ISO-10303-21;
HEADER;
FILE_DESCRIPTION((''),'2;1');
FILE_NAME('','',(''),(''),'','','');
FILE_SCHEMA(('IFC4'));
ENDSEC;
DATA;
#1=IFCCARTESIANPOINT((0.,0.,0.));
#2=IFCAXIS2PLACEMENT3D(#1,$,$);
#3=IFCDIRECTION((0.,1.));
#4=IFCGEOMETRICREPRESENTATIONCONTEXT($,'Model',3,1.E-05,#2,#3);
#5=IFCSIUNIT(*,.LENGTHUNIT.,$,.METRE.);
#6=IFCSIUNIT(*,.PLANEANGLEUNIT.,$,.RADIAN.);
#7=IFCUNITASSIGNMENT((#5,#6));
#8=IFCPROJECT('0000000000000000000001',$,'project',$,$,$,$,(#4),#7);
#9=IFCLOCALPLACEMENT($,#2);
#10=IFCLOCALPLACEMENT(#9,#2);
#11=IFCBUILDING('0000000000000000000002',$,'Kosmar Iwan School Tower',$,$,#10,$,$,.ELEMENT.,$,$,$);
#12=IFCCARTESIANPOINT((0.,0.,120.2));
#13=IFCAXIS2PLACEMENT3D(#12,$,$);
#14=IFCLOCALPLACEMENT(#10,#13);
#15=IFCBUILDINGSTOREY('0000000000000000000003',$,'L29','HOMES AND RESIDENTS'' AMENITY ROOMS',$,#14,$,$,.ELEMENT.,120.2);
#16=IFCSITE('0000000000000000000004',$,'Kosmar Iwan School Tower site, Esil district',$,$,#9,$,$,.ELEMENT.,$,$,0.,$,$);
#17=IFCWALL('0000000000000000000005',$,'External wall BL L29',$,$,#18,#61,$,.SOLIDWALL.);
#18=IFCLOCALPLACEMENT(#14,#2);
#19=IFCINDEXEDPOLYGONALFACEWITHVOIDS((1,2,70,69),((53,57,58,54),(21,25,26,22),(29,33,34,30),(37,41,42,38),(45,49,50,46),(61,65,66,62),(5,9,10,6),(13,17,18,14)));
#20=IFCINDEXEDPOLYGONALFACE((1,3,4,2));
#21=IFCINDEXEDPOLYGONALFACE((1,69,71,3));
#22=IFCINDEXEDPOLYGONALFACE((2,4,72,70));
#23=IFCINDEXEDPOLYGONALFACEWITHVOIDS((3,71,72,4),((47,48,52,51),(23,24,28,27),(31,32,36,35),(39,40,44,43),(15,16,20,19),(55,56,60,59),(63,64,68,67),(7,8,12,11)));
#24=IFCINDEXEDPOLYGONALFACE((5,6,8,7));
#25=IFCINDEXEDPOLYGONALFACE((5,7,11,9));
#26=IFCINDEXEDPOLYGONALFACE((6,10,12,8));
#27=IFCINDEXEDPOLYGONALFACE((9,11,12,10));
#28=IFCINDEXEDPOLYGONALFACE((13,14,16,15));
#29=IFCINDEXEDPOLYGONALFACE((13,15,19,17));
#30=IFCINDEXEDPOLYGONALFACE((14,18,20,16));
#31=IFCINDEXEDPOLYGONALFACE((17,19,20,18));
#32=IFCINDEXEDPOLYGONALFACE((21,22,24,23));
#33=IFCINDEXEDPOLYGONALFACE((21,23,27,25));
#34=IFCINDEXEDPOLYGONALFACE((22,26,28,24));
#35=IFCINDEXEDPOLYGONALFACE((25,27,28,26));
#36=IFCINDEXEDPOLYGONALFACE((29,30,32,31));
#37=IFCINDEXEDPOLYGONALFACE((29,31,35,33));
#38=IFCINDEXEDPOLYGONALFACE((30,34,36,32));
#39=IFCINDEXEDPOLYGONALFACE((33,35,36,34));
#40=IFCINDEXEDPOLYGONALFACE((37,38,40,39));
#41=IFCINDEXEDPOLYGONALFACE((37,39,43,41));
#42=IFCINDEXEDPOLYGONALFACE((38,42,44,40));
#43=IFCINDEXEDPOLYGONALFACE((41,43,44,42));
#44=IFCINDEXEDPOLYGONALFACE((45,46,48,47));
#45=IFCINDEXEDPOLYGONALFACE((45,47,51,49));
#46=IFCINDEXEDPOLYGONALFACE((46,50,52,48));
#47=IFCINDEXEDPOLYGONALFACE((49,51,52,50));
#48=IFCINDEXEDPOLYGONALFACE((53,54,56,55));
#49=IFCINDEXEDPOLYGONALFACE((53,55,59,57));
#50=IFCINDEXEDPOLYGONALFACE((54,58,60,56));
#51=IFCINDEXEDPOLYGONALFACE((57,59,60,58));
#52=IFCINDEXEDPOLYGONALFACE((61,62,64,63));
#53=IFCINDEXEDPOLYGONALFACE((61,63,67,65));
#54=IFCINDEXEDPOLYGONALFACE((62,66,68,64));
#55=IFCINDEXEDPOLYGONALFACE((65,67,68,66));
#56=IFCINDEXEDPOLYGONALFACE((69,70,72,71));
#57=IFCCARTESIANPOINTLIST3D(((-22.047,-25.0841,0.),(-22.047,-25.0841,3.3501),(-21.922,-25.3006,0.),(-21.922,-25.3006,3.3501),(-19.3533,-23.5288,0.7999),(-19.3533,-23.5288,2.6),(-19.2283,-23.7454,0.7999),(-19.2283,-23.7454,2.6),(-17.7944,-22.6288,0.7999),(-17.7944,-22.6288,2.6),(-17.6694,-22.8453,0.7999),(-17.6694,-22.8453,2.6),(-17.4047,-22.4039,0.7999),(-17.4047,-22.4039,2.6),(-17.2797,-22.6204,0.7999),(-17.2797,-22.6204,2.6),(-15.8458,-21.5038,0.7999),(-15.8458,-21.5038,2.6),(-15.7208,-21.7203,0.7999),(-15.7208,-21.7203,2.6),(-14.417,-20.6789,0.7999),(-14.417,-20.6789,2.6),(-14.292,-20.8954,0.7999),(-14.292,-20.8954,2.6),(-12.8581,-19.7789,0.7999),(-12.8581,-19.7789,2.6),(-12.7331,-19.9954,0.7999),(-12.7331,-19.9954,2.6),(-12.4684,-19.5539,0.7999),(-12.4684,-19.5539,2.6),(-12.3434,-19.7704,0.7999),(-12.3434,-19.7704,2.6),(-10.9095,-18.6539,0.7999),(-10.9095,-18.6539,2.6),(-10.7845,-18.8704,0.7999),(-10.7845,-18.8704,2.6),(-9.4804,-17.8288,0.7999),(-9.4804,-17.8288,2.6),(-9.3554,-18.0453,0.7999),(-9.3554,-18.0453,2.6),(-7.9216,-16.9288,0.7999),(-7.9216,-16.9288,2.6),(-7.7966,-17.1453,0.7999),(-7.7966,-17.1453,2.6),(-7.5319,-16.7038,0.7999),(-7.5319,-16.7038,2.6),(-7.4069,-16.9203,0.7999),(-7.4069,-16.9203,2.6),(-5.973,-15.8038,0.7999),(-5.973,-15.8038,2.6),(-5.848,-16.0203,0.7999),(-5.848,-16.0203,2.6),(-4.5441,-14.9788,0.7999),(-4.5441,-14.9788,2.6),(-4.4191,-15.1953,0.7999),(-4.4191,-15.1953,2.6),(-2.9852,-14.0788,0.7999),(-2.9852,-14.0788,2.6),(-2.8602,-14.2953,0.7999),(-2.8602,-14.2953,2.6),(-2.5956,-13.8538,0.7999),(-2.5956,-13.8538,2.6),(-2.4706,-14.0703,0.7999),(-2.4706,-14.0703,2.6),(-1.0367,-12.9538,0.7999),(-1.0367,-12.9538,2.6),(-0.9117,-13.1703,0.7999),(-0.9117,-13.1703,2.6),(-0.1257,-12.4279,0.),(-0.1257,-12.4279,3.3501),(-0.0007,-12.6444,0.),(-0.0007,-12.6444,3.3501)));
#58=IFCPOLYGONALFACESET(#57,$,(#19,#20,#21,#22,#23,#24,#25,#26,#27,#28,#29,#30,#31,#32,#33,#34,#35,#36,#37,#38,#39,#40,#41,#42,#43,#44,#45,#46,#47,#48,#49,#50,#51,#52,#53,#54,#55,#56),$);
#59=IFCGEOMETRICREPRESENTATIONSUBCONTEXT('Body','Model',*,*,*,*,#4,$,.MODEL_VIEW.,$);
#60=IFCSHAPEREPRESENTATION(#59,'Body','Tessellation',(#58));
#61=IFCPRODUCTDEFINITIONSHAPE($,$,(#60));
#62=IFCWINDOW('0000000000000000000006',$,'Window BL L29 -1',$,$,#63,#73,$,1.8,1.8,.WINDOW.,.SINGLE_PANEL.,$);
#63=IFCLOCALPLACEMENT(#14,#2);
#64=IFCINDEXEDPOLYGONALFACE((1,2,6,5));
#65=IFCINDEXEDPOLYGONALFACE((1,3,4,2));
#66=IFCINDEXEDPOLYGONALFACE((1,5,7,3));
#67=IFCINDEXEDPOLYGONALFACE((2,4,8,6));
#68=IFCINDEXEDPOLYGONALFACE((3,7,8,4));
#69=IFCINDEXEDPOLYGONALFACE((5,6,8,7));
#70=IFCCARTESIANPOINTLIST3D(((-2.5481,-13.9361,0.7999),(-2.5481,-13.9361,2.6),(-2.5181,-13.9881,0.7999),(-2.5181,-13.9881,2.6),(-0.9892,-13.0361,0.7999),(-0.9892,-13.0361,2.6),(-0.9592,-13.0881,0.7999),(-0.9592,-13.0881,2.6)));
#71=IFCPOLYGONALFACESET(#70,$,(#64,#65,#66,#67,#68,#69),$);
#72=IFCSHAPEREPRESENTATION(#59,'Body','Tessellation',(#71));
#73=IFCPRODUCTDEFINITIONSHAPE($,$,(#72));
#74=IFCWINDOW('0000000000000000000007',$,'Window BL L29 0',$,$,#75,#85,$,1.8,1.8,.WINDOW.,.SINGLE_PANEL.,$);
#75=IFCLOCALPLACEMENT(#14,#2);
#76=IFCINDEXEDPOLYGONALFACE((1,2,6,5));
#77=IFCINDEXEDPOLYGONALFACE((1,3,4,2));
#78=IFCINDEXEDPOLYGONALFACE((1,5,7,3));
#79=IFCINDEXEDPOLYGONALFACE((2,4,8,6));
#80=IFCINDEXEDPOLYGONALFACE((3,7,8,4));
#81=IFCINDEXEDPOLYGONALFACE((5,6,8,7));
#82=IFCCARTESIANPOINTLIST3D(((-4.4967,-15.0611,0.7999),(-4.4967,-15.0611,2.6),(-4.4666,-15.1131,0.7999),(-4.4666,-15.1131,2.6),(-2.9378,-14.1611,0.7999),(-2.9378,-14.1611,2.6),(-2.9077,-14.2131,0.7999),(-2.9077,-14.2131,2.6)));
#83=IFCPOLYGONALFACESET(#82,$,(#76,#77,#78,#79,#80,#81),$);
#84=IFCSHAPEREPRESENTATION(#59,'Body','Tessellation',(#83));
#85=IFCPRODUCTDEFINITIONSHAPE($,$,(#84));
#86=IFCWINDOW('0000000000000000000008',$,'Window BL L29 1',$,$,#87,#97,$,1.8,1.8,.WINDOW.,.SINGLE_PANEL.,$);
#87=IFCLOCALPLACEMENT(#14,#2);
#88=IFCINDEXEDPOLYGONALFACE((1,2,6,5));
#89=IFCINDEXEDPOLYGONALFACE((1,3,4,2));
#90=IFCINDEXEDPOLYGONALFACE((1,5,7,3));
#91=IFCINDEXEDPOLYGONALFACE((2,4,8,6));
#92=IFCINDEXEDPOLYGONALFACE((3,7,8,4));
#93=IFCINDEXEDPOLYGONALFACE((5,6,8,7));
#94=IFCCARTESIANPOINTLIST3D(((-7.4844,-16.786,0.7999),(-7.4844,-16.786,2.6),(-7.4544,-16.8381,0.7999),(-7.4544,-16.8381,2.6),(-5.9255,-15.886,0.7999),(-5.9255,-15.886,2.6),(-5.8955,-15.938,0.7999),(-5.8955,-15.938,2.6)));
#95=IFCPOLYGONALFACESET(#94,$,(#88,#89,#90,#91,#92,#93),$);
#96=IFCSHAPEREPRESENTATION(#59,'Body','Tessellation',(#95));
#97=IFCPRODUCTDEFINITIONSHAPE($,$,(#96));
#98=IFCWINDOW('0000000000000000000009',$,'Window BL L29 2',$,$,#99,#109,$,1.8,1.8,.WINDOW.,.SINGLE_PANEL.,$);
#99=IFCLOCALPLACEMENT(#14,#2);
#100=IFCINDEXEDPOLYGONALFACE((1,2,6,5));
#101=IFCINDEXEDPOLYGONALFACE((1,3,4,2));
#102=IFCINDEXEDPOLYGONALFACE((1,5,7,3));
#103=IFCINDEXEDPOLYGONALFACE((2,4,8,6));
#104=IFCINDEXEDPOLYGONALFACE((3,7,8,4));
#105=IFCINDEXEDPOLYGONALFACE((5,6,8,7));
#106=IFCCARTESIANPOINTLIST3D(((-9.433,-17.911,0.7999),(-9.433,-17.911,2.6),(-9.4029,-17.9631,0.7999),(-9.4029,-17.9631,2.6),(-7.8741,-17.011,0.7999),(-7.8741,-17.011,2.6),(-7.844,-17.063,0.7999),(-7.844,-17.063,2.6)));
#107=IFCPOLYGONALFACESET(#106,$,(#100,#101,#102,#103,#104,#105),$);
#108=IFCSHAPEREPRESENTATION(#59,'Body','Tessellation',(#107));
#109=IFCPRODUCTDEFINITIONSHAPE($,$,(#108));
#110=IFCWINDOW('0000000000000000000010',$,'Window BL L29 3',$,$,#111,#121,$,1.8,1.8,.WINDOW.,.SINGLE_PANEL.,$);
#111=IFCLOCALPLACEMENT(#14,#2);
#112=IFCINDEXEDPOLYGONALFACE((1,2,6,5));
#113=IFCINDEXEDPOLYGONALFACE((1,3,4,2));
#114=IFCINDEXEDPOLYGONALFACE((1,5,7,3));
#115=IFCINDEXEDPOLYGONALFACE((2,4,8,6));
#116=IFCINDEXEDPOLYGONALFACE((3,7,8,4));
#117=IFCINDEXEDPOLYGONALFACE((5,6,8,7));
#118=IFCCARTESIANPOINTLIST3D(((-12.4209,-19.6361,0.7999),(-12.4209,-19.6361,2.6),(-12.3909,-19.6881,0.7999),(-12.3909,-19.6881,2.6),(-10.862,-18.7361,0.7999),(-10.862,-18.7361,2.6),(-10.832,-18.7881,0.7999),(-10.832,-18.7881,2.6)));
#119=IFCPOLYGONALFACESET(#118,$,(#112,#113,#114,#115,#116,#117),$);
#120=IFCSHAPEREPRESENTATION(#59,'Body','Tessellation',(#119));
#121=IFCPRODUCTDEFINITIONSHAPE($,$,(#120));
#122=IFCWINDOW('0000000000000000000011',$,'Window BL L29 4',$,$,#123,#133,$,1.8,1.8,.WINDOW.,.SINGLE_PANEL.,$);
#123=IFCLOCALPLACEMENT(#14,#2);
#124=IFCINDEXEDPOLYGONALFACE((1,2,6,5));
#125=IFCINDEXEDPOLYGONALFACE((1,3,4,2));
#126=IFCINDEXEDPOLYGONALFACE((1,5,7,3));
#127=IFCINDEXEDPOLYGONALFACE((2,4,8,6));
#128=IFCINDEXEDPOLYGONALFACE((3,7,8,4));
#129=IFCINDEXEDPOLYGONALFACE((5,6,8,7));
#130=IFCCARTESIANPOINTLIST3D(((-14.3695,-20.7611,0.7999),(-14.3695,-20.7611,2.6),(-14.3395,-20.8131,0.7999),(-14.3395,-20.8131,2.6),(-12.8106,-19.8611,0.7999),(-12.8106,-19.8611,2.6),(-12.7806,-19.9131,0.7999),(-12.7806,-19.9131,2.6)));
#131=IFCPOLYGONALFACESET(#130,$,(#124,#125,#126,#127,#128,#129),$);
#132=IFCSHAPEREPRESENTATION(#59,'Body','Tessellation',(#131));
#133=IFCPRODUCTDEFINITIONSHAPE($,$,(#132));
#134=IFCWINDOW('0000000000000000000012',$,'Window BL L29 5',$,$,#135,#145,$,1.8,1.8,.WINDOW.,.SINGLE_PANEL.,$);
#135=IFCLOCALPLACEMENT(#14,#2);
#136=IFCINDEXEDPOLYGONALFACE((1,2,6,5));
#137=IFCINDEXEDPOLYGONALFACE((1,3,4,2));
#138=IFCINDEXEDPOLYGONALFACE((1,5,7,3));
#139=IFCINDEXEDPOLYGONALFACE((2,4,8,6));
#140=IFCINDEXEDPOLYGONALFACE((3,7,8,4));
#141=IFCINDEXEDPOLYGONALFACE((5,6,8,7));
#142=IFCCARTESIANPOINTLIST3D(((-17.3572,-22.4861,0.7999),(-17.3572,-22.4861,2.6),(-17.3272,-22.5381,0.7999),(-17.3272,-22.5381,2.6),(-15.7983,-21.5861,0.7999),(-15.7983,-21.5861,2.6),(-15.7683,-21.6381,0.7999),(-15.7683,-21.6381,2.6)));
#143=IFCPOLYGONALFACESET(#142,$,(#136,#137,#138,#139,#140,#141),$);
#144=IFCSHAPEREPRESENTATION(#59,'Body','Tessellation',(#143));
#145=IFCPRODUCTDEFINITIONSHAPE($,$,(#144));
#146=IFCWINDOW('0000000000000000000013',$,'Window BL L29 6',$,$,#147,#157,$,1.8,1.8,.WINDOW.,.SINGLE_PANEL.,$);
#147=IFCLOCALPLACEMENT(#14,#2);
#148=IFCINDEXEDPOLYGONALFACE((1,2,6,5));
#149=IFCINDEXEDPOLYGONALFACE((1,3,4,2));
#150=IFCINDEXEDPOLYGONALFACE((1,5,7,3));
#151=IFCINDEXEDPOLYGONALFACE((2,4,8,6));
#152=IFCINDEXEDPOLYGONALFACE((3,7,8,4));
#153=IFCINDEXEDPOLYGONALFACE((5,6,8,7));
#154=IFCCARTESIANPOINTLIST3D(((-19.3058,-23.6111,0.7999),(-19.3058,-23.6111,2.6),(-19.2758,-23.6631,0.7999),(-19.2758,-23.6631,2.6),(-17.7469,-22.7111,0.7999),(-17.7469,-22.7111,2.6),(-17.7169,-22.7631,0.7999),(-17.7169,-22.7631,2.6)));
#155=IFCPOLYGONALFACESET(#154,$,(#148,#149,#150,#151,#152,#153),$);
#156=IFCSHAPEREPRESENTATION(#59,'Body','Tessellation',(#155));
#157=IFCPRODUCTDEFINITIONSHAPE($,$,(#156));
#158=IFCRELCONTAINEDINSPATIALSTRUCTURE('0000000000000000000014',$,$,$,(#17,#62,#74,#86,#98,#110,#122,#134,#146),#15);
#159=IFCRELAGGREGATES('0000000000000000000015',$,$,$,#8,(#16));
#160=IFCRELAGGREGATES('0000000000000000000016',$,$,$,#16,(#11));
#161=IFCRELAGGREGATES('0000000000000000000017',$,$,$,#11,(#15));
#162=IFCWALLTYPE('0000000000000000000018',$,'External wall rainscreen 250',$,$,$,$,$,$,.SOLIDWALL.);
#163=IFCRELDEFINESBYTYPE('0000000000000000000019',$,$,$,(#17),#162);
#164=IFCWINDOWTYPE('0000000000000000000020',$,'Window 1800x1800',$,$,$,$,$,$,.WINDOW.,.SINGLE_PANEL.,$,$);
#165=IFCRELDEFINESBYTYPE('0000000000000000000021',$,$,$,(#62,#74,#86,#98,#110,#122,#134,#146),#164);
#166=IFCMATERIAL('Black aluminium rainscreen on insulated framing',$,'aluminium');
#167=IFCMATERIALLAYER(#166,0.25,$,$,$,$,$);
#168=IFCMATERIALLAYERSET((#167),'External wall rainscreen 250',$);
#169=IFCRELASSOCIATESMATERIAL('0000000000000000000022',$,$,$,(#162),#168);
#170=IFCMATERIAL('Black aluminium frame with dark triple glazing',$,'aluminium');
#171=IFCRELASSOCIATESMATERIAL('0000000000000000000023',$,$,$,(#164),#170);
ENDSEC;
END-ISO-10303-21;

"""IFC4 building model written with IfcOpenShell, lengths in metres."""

from ifc_helpers import new_model, si_unit, direction, frame, frame_2d, origin, place, context, subcontext, project, spatial, rectangle, extrude, material, layer, layer_set, type_object, element, fill, save


model = new_model("IFC4")

# Units and contexts
model_context = context("Model", 3, precision=1e-05, world=origin(), true_north=direction((0.0, 1.0)))
body_context = subcontext(model_context, "Body", "Model", "MODEL_VIEW")
ifc_project = project(units=[si_unit("LENGTHUNIT", "METRE"), si_unit("PLANEANGLEUNIT", "RADIAN")], contexts=[model_context])

# Site, building, storey
site_placement = place(None, origin())
site = spatial("IfcSite", under=ifc_project, at=site_placement, Name="Kosmar Iwan School Tower site, Esil district", CompositionType="ELEMENT", RefElevation=0.0)
building_placement = place(site_placement, origin())
building = spatial("IfcBuilding", under=site, at=building_placement, Name="Kosmar Iwan School Tower", CompositionType="ELEMENT")
storey_placement = place(building_placement, frame((0.0, 0.0, 120.2)))
storey = spatial("IfcBuildingStorey", under=building, at=storey_placement, Name="L29", Description="HOMES AND RESIDENTS' AMENITY ROOMS", CompositionType="ELEMENT", Elevation=120.2)

# Wall, openings, windows
ifc_material_1 = material(Name="Black aluminium rainscreen on insulated framing", Category="aluminium")
ifc_layer_1 = layer(ifc_material_1, 0.25)
ifc_layer_set_1 = layer_set([ifc_layer_1], Name="External wall rainscreen 250")
wall_type_1 = type_object("IfcWallType", Name="External wall rainscreen 250", PredefinedType="SOLIDWALL", material=ifc_layer_set_1)
wall_1_placement = place(storey_placement, frame((-0.0632, -12.5361, 0.0), z_axis=(0.0, 0.0, 1.0), x_axis=(-0.866027, -0.499998, 0.0)))
wall_1 = element("IfcWall", 1, at=wall_1_placement, inside=storey, type_object=wall_type_1, Name="External wall BL L29", PredefinedType="SOLIDWALL", context=body_context, shape_type="SweptSolid", body=[
    extrude(rectangle(XDim=25.3125, YDim=0.25, at=frame_2d((12.6562, 0.0))), origin(), (0.0, 0.0, 1.0), 3.3501),
])
opening_1_placement = place(wall_1_placement, frame((1.052, 0.0, 0.8)))
opening_1 = element("IfcOpeningElement", 2, at=opening_1_placement, cuts=wall_1, PredefinedType="OPENING", context=body_context, shape_type="SweptSolid", body=[
    extrude(rectangle(XDim=1.8, YDim=1.8, at=frame_2d((0.8999, 0.8999))), frame((0.0, 0.137, 0.0), z_axis=(0.0, -1.0, 0.0), x_axis=(1.0, 0.0, 0.0)), (0.0, 0.0, 1.0), 0.2739),
])
opening_2_placement = place(wall_1_placement, frame((3.302, 0.0, 0.8)))
opening_2 = element("IfcOpeningElement", 3, at=opening_2_placement, cuts=wall_1, PredefinedType="OPENING", context=body_context, shape_type="SweptSolid", body=[
    extrude(rectangle(XDim=1.8, YDim=1.8, at=frame_2d((0.8999, 0.8999))), frame((0.0, 0.137, 0.0), z_axis=(0.0, -1.0, 0.0), x_axis=(1.0, 0.0, 0.0)), (0.0, 0.0, 1.0), 0.2739),
])
opening_3_placement = place(wall_1_placement, frame((6.752, 0.0, 0.8)))
opening_3 = element("IfcOpeningElement", 4, at=opening_3_placement, cuts=wall_1, PredefinedType="OPENING", context=body_context, shape_type="SweptSolid", body=[
    extrude(rectangle(XDim=1.8, YDim=1.8, at=frame_2d((0.8999, 0.8999))), frame((0.0, 0.137, 0.0), z_axis=(0.0, -1.0, 0.0), x_axis=(1.0, 0.0, 0.0)), (0.0, 0.0, 1.0), 0.2739),
])
opening_4_placement = place(wall_1_placement, frame((9.002, 0.0, 0.8)))
opening_4 = element("IfcOpeningElement", 5, at=opening_4_placement, cuts=wall_1, PredefinedType="OPENING", context=body_context, shape_type="SweptSolid", body=[
    extrude(rectangle(XDim=1.8, YDim=1.8, at=frame_2d((0.8999, 0.8999))), frame((0.0, 0.137, 0.0), z_axis=(0.0, -1.0, 0.0), x_axis=(1.0, 0.0, 0.0)), (0.0, 0.0, 1.0), 0.2739),
])
opening_5_placement = place(wall_1_placement, frame((12.4521, 0.0, 0.8)))
opening_5 = element("IfcOpeningElement", 6, at=opening_5_placement, cuts=wall_1, PredefinedType="OPENING", context=body_context, shape_type="SweptSolid", body=[
    extrude(rectangle(XDim=1.8, YDim=1.8, at=frame_2d((0.8999, 0.8999))), frame((0.0, 0.137, 0.0), z_axis=(0.0, -1.0, 0.0), x_axis=(1.0, 0.0, 0.0)), (0.0, 0.0, 1.0), 0.2739),
])
opening_6_placement = place(wall_1_placement, frame((14.7021, 0.0, 0.8)))
opening_6 = element("IfcOpeningElement", 7, at=opening_6_placement, cuts=wall_1, PredefinedType="OPENING", context=body_context, shape_type="SweptSolid", body=[
    extrude(rectangle(XDim=1.8, YDim=1.8, at=frame_2d((0.8999, 0.8999))), frame((0.0, 0.137, 0.0), z_axis=(0.0, -1.0, 0.0), x_axis=(1.0, 0.0, 0.0)), (0.0, 0.0, 1.0), 0.2739),
])
opening_7_placement = place(wall_1_placement, frame((18.1521, 0.0, 0.8)))
opening_7 = element("IfcOpeningElement", 8, at=opening_7_placement, cuts=wall_1, PredefinedType="OPENING", context=body_context, shape_type="SweptSolid", body=[
    extrude(rectangle(XDim=1.8, YDim=1.8, at=frame_2d((0.8999, 0.8999))), frame((0.0, 0.137, 0.0), z_axis=(0.0, -1.0, 0.0), x_axis=(1.0, 0.0, 0.0)), (0.0, 0.0, 1.0), 0.2739),
])
opening_8_placement = place(wall_1_placement, frame((20.4021, 0.0, 0.8)))
opening_8 = element("IfcOpeningElement", 9, at=opening_8_placement, cuts=wall_1, PredefinedType="OPENING", context=body_context, shape_type="SweptSolid", body=[
    extrude(rectangle(XDim=1.8, YDim=1.8, at=frame_2d((0.8999, 0.8999))), frame((0.0, 0.137, 0.0), z_axis=(0.0, -1.0, 0.0), x_axis=(1.0, 0.0, 0.0)), (0.0, 0.0, 1.0), 0.2739),
])
ifc_material_2 = material(Name="Black aluminium frame with dark triple glazing", Category="aluminium")
window_type = type_object("IfcWindowType", Name="Window 1800x1800", PartitioningType="SINGLE_PANEL", PredefinedType="WINDOW", material=ifc_material_2)
window_1_placement = place(opening_1_placement, origin())
window_1 = element("IfcWindow", 10, at=window_1_placement, inside=storey, type_object=window_type, Name="Window BL L29 -1", OverallHeight=1.8, OverallWidth=1.8, PartitioningType="SINGLE_PANEL", PredefinedType="WINDOW", context=body_context, shape_type="SweptSolid", body=[
    extrude(rectangle(XDim=1.8, YDim=1.8, at=frame_2d((0.8999, 0.8999))), frame((0.0, 0.03, 0.0), z_axis=(0.0, -1.0, 0.0), x_axis=(1.0, 0.0, 0.0)), (0.0, 0.0, 1.0), 0.0601),
])
fill(opening_1, window_1)
window_2_placement = place(opening_2_placement, origin())
window_2 = element("IfcWindow", 11, at=window_2_placement, inside=storey, type_object=window_type, Name="Window BL L29 0", OverallHeight=1.8, OverallWidth=1.8, PartitioningType="SINGLE_PANEL", PredefinedType="WINDOW", context=body_context, shape_type="SweptSolid", body=[
    extrude(rectangle(XDim=1.8, YDim=1.8, at=frame_2d((0.8999, 0.8999))), frame((0.0, 0.03, 0.0), z_axis=(0.0, -1.0, 0.0), x_axis=(1.0, 0.0, 0.0)), (0.0, 0.0, 1.0), 0.0601),
])
fill(opening_2, window_2)
window_3_placement = place(opening_3_placement, origin())
window_3 = element("IfcWindow", 12, at=window_3_placement, inside=storey, type_object=window_type, Name="Window BL L29 1", OverallHeight=1.8, OverallWidth=1.8, PartitioningType="SINGLE_PANEL", PredefinedType="WINDOW", context=body_context, shape_type="SweptSolid", body=[
    extrude(rectangle(XDim=1.8, YDim=1.8, at=frame_2d((0.8999, 0.8999))), frame((0.0, 0.03, 0.0), z_axis=(0.0, -1.0, 0.0), x_axis=(1.0, 0.0, 0.0)), (0.0, 0.0, 1.0), 0.0601),
])
fill(opening_3, window_3)
window_4_placement = place(opening_4_placement, origin())
window_4 = element("IfcWindow", 13, at=window_4_placement, inside=storey, type_object=window_type, Name="Window BL L29 2", OverallHeight=1.8, OverallWidth=1.8, PartitioningType="SINGLE_PANEL", PredefinedType="WINDOW", context=body_context, shape_type="SweptSolid", body=[
    extrude(rectangle(XDim=1.8, YDim=1.8, at=frame_2d((0.8999, 0.8999))), frame((0.0, 0.03, 0.0), z_axis=(0.0, -1.0, 0.0), x_axis=(1.0, 0.0, 0.0)), (0.0, 0.0, 1.0), 0.0601),
])
fill(opening_4, window_4)
window_5_placement = place(opening_5_placement, origin())
window_5 = element("IfcWindow", 14, at=window_5_placement, inside=storey, type_object=window_type, Name="Window BL L29 3", OverallHeight=1.8, OverallWidth=1.8, PartitioningType="SINGLE_PANEL", PredefinedType="WINDOW", context=body_context, shape_type="SweptSolid", body=[
    extrude(rectangle(XDim=1.8, YDim=1.8, at=frame_2d((0.8999, 0.8999))), frame((0.0, 0.03, 0.0), z_axis=(0.0, -1.0, 0.0), x_axis=(1.0, 0.0, 0.0)), (0.0, 0.0, 1.0), 0.0601),
])
fill(opening_5, window_5)
window_6_placement = place(opening_6_placement, origin())
window_6 = element("IfcWindow", 15, at=window_6_placement, inside=storey, type_object=window_type, Name="Window BL L29 4", OverallHeight=1.8, OverallWidth=1.8, PartitioningType="SINGLE_PANEL", PredefinedType="WINDOW", context=body_context, shape_type="SweptSolid", body=[
    extrude(rectangle(XDim=1.8, YDim=1.8, at=frame_2d((0.8999, 0.8999))), frame((0.0, 0.03, 0.0), z_axis=(0.0, -1.0, 0.0), x_axis=(1.0, 0.0, 0.0)), (0.0, 0.0, 1.0), 0.0601),
])
fill(opening_6, window_6)
window_7_placement = place(opening_7_placement, origin())
window_7 = element("IfcWindow", 16, at=window_7_placement, inside=storey, type_object=window_type, Name="Window BL L29 5", OverallHeight=1.8, OverallWidth=1.8, PartitioningType="SINGLE_PANEL", PredefinedType="WINDOW", context=body_context, shape_type="SweptSolid", body=[
    extrude(rectangle(XDim=1.8, YDim=1.8, at=frame_2d((0.8999, 0.8999))), frame((0.0, 0.03, 0.0), z_axis=(0.0, -1.0, 0.0), x_axis=(1.0, 0.0, 0.0)), (0.0, 0.0, 1.0), 0.0601),
])
fill(opening_7, window_7)
window_8_placement = place(opening_8_placement, origin())
window_8 = element("IfcWindow", 17, at=window_8_placement, inside=storey, type_object=window_type, Name="Window BL L29 6", OverallHeight=1.8, OverallWidth=1.8, PartitioningType="SINGLE_PANEL", PredefinedType="WINDOW", context=body_context, shape_type="SweptSolid", body=[
    extrude(rectangle(XDim=1.8, YDim=1.8, at=frame_2d((0.8999, 0.8999))), frame((0.0, 0.03, 0.0), z_axis=(0.0, -1.0, 0.0), x_axis=(1.0, 0.0, 0.0)), (0.0, 0.0, 1.0), 0.0601),
])
fill(opening_8, window_8)

save(model, "model.ifc")
